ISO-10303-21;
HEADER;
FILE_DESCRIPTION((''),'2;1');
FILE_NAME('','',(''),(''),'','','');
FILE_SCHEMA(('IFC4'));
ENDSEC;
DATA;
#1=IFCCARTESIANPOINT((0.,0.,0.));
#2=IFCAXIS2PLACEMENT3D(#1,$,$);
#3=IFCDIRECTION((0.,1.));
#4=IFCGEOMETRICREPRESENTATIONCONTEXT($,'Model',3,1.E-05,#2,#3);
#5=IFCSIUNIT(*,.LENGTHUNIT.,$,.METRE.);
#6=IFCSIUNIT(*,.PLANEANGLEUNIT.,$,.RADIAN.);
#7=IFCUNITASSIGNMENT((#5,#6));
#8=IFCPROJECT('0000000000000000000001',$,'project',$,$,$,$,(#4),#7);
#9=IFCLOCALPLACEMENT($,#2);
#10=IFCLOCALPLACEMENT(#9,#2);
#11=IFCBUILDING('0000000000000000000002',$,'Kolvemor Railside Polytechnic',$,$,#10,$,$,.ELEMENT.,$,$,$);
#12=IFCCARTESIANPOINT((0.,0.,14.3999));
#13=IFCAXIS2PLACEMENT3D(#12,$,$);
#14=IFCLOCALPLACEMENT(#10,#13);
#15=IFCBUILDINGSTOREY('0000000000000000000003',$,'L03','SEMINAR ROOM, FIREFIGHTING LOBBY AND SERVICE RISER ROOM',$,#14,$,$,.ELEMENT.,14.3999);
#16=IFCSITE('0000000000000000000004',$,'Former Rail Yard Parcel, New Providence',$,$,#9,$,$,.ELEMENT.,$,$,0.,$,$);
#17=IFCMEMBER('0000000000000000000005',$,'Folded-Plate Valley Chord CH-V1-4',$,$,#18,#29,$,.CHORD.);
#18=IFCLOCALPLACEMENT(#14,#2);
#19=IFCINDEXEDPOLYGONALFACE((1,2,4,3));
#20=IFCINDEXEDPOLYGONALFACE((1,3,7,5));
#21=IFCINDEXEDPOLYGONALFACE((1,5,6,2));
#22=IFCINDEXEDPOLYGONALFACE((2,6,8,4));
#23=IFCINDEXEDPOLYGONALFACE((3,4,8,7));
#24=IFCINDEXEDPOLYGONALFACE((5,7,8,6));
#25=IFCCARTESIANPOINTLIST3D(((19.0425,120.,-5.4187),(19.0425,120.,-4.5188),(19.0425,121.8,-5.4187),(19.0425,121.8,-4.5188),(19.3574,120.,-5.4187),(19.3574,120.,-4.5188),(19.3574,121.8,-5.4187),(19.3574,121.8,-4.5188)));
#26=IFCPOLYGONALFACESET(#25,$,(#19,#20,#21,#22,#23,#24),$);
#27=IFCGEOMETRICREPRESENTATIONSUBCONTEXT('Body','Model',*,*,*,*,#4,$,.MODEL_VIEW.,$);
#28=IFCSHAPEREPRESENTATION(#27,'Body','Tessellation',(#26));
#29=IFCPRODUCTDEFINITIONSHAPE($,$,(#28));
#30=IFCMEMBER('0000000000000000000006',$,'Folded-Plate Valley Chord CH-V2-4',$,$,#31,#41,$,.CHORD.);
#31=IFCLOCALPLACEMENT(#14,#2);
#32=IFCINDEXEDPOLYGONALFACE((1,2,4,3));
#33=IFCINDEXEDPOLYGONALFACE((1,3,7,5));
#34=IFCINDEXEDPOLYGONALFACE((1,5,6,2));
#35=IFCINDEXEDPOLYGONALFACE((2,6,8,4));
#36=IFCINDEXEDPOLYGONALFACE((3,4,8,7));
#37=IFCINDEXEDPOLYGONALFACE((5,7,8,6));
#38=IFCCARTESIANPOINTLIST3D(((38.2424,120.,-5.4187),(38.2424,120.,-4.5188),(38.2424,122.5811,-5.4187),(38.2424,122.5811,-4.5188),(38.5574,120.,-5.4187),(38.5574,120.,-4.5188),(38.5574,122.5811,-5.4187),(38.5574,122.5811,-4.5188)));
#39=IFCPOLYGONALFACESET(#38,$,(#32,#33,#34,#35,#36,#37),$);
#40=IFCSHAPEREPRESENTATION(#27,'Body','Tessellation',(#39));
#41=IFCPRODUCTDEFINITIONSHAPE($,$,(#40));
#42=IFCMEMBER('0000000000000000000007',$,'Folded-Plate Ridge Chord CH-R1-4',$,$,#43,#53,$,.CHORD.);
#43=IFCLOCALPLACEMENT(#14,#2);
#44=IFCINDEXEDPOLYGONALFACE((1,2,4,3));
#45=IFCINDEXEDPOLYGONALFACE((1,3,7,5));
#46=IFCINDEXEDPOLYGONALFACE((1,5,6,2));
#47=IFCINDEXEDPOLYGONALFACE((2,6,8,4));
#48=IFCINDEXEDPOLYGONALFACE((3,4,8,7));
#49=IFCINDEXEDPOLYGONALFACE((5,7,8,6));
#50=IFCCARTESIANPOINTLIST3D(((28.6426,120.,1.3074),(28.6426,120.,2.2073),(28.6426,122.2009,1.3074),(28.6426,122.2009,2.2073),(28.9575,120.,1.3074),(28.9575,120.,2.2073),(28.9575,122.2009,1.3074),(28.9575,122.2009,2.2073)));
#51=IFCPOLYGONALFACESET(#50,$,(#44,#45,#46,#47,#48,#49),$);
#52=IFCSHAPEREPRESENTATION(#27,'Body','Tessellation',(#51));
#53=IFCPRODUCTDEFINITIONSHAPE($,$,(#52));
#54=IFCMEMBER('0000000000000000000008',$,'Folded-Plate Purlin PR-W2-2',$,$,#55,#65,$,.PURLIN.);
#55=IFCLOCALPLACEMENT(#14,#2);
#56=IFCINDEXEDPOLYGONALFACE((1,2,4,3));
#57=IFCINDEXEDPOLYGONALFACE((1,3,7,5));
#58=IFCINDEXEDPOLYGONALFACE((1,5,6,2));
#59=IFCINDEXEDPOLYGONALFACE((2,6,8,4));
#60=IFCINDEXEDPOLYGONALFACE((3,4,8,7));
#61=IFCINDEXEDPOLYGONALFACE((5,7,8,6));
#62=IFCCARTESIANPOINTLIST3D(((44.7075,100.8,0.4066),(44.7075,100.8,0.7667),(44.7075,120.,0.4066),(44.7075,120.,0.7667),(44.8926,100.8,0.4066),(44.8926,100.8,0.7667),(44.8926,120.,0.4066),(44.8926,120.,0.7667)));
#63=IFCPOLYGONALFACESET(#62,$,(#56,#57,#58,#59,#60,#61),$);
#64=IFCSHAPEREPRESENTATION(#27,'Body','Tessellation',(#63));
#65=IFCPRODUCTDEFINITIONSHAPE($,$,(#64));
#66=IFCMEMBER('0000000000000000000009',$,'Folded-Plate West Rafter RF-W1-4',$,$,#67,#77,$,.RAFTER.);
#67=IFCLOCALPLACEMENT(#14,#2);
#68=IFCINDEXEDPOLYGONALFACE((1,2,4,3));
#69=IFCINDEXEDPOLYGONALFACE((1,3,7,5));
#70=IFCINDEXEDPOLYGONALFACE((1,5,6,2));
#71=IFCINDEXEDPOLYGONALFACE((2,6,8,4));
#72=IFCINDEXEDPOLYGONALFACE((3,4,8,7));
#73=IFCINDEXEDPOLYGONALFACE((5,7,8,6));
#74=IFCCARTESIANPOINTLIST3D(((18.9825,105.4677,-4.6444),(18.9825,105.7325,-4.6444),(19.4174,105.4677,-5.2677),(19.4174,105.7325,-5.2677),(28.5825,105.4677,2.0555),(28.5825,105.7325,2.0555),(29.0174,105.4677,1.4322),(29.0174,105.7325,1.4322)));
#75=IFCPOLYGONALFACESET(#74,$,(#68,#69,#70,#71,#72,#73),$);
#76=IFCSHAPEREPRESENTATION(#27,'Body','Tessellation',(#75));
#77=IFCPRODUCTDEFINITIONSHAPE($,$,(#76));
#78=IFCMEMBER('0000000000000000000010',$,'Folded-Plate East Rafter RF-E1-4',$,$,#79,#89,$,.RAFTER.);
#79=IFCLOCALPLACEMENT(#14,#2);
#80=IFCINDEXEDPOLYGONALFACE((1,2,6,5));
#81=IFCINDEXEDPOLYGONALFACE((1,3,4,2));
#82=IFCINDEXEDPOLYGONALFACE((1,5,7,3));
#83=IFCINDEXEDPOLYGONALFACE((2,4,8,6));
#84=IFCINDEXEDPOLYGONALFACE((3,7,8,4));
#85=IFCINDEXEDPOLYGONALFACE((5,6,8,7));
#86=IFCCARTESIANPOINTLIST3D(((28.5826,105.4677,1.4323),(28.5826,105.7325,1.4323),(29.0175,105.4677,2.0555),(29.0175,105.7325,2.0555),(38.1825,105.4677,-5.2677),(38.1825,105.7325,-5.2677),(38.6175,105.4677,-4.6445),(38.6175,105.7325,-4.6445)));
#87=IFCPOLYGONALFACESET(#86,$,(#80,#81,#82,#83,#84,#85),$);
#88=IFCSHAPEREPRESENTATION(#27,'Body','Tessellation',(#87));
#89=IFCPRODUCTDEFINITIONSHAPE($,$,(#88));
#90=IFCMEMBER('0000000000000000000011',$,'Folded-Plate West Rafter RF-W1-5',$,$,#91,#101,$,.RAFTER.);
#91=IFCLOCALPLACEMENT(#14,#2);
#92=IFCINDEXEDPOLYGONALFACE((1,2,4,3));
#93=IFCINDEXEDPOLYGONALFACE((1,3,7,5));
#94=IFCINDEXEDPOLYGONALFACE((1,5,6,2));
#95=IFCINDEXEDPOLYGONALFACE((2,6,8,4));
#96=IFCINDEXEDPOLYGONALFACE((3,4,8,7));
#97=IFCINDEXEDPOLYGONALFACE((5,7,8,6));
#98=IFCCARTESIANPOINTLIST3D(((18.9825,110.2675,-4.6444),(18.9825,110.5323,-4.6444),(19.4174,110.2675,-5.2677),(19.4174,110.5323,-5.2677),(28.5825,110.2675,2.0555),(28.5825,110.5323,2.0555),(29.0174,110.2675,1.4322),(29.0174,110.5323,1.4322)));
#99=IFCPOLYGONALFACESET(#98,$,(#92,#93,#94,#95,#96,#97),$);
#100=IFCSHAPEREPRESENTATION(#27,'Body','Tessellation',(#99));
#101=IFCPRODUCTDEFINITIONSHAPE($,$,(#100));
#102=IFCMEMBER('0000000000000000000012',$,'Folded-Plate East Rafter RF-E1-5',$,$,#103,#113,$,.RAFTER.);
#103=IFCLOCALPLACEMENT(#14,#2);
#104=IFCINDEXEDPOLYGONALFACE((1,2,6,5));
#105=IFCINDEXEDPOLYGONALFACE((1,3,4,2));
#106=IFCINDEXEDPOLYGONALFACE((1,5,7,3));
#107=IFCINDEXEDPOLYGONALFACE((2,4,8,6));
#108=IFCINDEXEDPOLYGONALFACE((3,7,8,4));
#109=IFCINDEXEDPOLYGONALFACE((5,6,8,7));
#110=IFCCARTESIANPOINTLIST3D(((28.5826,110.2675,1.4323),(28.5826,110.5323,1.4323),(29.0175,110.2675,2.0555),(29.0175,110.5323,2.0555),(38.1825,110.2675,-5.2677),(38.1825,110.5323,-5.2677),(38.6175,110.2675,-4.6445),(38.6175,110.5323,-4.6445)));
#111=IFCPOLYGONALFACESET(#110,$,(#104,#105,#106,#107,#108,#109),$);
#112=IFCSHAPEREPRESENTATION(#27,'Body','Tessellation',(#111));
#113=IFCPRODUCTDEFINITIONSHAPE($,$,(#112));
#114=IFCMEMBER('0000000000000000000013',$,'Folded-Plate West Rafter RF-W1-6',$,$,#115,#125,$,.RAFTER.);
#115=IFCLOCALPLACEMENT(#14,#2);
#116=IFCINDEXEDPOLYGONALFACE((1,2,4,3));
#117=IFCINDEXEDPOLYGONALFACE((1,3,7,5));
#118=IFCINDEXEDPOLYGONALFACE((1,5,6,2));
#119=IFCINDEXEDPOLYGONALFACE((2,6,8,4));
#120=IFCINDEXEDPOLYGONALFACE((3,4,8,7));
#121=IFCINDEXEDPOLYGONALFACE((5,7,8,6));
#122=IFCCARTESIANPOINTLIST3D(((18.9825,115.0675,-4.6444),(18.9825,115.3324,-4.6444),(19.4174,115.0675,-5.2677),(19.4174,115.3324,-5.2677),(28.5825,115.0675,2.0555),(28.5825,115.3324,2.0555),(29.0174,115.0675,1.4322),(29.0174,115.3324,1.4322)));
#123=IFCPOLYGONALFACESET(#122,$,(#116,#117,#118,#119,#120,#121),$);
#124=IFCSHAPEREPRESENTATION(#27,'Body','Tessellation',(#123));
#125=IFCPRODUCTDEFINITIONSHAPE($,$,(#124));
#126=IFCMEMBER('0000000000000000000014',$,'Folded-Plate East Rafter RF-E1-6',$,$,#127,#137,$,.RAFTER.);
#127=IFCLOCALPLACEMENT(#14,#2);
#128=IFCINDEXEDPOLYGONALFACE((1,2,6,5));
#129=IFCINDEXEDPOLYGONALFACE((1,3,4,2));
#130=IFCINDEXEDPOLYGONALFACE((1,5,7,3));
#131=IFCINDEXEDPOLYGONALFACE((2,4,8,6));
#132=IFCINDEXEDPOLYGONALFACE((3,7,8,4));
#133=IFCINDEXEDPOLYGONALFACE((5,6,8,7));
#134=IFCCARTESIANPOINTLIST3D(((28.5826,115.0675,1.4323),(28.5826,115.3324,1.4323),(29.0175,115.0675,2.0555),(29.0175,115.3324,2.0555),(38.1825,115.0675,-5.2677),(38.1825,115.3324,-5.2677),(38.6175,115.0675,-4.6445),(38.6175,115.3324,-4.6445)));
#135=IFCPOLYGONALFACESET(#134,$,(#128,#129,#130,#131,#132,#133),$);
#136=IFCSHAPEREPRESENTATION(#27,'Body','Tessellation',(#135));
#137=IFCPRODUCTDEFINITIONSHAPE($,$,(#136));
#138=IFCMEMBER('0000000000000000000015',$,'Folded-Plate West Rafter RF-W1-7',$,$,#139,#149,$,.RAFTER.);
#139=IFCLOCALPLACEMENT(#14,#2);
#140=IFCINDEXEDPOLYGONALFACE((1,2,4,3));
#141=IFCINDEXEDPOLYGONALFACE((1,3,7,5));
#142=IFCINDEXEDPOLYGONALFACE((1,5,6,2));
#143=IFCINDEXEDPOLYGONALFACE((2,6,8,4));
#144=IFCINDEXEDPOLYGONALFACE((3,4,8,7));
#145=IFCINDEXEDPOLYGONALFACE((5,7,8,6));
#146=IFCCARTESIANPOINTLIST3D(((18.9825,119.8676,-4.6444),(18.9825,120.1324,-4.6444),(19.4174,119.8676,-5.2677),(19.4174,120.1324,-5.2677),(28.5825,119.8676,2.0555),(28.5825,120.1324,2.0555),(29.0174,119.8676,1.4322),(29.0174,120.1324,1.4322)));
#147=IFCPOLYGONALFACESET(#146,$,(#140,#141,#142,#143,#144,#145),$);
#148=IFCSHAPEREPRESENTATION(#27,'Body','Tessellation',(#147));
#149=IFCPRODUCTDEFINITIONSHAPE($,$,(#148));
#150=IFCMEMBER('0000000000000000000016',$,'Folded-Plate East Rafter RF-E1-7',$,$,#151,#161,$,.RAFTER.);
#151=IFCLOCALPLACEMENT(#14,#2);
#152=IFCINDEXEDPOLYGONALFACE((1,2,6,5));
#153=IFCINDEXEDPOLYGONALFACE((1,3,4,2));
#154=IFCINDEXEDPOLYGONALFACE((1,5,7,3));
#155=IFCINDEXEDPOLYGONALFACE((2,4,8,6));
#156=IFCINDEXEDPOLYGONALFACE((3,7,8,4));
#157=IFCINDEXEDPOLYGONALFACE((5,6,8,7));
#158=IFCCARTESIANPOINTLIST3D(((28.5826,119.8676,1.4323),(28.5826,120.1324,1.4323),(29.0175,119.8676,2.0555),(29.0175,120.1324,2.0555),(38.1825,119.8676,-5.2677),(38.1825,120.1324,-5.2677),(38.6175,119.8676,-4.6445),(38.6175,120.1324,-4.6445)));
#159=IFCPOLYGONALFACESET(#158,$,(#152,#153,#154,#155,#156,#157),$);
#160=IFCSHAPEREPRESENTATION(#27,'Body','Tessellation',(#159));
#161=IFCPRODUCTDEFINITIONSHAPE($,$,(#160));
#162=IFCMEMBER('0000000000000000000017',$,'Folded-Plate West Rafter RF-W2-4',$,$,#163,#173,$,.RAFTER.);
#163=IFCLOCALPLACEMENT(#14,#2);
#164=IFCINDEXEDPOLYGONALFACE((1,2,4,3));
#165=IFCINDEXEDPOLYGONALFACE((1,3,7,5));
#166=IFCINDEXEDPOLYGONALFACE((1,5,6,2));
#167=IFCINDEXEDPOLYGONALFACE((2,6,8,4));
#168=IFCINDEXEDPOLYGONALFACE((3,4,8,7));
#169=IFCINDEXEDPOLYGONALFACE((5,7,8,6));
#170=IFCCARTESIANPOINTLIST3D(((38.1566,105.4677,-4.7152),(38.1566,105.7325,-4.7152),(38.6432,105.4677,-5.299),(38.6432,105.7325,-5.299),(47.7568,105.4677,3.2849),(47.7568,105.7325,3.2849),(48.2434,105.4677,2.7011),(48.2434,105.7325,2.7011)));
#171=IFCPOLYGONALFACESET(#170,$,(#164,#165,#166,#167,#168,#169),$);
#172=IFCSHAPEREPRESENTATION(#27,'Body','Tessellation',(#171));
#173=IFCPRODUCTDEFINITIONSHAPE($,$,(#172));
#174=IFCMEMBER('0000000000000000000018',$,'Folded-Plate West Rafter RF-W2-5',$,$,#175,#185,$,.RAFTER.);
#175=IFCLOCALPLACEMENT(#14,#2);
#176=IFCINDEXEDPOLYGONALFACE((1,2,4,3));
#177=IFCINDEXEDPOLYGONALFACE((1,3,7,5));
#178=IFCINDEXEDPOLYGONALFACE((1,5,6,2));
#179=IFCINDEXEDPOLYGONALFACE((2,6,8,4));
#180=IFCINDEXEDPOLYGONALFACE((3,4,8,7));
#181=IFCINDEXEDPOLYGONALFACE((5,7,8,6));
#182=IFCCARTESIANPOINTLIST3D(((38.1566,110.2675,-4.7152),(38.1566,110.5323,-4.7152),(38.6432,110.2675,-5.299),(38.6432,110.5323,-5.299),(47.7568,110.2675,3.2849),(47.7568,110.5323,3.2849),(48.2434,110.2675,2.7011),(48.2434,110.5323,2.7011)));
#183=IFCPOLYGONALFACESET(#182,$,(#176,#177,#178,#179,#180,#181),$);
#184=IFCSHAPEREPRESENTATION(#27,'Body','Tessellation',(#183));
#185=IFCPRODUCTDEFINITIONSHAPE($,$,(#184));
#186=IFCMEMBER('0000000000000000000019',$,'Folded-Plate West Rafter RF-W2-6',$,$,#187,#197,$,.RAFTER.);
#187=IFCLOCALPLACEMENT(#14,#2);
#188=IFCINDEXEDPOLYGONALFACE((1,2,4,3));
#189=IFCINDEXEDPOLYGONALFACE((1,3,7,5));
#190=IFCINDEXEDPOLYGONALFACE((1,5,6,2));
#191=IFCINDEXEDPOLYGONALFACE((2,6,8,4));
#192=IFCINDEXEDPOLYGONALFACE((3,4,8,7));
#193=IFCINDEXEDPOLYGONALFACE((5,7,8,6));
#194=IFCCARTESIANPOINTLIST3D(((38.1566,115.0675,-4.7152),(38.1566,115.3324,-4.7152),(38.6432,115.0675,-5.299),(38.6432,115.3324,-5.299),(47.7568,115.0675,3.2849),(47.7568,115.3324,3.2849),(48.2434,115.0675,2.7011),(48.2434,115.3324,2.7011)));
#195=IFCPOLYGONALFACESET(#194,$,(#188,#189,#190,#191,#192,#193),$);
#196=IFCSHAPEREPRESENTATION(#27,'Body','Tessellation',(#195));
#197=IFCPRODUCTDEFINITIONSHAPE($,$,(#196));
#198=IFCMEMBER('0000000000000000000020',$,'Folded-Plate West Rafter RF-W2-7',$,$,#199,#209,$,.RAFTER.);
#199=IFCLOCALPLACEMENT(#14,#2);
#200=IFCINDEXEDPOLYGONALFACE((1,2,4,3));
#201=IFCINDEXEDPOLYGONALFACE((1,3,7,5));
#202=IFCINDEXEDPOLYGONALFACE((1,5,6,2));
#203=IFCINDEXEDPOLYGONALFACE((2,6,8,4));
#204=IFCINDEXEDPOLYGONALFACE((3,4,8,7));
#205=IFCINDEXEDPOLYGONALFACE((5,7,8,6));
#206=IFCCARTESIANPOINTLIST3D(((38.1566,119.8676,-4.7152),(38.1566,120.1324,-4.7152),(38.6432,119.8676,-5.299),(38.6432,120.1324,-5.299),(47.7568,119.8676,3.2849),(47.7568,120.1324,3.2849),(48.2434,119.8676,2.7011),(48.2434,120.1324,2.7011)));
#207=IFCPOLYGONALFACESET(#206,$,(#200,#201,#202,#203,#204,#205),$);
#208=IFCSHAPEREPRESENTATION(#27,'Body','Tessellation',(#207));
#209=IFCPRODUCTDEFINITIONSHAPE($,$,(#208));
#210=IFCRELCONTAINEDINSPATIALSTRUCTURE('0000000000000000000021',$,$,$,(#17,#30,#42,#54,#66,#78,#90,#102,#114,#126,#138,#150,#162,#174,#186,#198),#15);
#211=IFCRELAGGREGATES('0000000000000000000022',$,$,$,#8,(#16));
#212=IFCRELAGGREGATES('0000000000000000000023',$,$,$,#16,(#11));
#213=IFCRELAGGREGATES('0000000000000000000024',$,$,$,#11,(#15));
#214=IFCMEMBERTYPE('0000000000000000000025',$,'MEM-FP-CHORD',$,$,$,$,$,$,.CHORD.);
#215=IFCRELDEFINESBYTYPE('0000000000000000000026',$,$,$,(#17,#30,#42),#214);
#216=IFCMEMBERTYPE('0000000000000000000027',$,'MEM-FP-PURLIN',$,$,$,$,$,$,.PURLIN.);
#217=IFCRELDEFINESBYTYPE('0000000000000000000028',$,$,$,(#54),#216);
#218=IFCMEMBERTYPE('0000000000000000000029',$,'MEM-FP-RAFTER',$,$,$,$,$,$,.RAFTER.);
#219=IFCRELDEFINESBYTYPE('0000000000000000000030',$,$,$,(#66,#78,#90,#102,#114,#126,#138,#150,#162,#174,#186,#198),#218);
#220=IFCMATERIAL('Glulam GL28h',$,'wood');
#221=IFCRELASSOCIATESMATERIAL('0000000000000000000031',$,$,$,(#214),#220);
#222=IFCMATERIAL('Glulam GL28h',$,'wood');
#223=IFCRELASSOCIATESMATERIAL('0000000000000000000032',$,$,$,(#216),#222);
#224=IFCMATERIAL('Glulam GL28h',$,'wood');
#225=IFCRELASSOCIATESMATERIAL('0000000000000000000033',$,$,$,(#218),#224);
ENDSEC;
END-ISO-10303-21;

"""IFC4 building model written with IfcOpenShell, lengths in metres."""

from ifc_helpers import new_model, si_unit, direction, frame, origin, origin_2d, place, context, subcontext, project, spatial, rectangle, extrude, material, material_profile, profile_set, type_object, element, save


model = new_model("IFC4")

# Units and contexts
model_context = context("Model", 3, precision=1e-05, world=origin(), true_north=direction((0.0, 1.0)))
body_context = subcontext(model_context, "Body", "Model", "MODEL_VIEW")
ifc_project = project(units=[si_unit("LENGTHUNIT", "METRE"), si_unit("PLANEANGLEUNIT", "RADIAN")], contexts=[model_context])

# Site, building, storey
site_placement = place(None, origin())
site = spatial("IfcSite", under=ifc_project, at=site_placement, Name="Former Rail Yard Parcel, New Providence", CompositionType="ELEMENT", RefElevation=0.0)
building_placement = place(site_placement, origin())
building = spatial("IfcBuilding", under=site, at=building_placement, Name="Kolvemor Railside Polytechnic", CompositionType="ELEMENT")
storey_placement = place(building_placement, frame((0.0, 0.0, 14.3999)))
storey = spatial("IfcBuildingStorey", under=building, at=storey_placement, Name="L03", Description="SEMINAR ROOM, FIREFIGHTING LOBBY AND SERVICE RISER ROOM", CompositionType="ELEMENT", Elevation=14.3999)

# Members
ifc_material_1 = material(Name="Glulam GL28h", Category="wood")
ifc_material_profile_1 = material_profile(ifc_material_1, rectangle(XDim=0.3149, YDim=0.8999, at=origin_2d()), Name="GL315x900")
ifc_profile_set_1 = profile_set([ifc_material_profile_1], Name="Glulam GL28h")
member_type_1 = type_object("IfcMemberType", Name="MEM-FP-CHORD", PredefinedType="CHORD", material=ifc_profile_set_1)
member_1_placement = place(storey_placement, frame((19.2, 120.0, -4.9688), z_axis=(0.0, 1.0, 0.0), x_axis=(-1.0, 0.0, 0.0)))
element("IfcMember", 1, at=member_1_placement, inside=storey, type_object=member_type_1, Name="Folded-Plate Valley Chord CH-V1-4", PredefinedType="CHORD", context=body_context, shape_type="SweptSolid", body=[
    extrude(rectangle(XDim=0.3149, YDim=0.8999, at=origin_2d()), origin(), (0.0, 0.0, 1.0), 1.8),
])
member_2_placement = place(storey_placement, frame((38.3999, 120.0, -4.9688), z_axis=(0.0, 1.0, 0.0), x_axis=(-1.0, 0.0, 0.0)))
element("IfcMember", 2, at=member_2_placement, inside=storey, type_object=member_type_1, Name="Folded-Plate Valley Chord CH-V2-4", PredefinedType="CHORD", context=body_context, shape_type="SweptSolid", body=[
    extrude(rectangle(XDim=0.3149, YDim=0.8999, at=origin_2d()), origin(), (0.0, 0.0, 1.0), 2.5811),
])
member_3_placement = place(storey_placement, frame((28.8, 120.0, 1.7573), z_axis=(0.0, 1.0, 0.0), x_axis=(-1.0, 0.0, 0.0)))
element("IfcMember", 3, at=member_3_placement, inside=storey, type_object=member_type_1, Name="Folded-Plate Ridge Chord CH-R1-4", PredefinedType="CHORD", context=body_context, shape_type="SweptSolid", body=[
    extrude(rectangle(XDim=0.3149, YDim=0.8999, at=origin_2d()), origin(), (0.0, 0.0, 1.0), 2.2009),
])
ifc_material_2 = material(Name="Glulam GL28h", Category="wood")
ifc_material_profile_2 = material_profile(ifc_material_2, rectangle(XDim=0.1851, YDim=0.3601, at=origin_2d()), Name="GL185x360")
ifc_profile_set_2 = profile_set([ifc_material_profile_2], Name="Glulam GL28h")
member_type_2 = type_object("IfcMemberType", Name="MEM-FP-PURLIN", PredefinedType="PURLIN", material=ifc_profile_set_2)
member_4_placement = place(storey_placement, frame((44.8, 100.8, 0.5867), z_axis=(0.0, 1.0, 0.0), x_axis=(-1.0, 0.0, 0.0)))
element("IfcMember", 4, at=member_4_placement, inside=storey, type_object=member_type_2, Name="Folded-Plate Purlin PR-W2-2", PredefinedType="PURLIN", context=body_context, shape_type="SweptSolid", body=[
    extrude(rectangle(XDim=0.1851, YDim=0.3601, at=origin_2d()), origin(), (0.0, 0.0, 1.0), 19.2),
])
ifc_material_3 = material(Name="Glulam GL28h", Category="wood")
ifc_material_profile_3 = material_profile(ifc_material_3, rectangle(XDim=0.2649, YDim=0.76, at=origin_2d()), Name="GL265x760")
ifc_profile_set_3 = profile_set([ifc_material_profile_3], Name="Glulam GL28h")
member_type_3 = type_object("IfcMemberType", Name="MEM-FP-RAFTER", PredefinedType="RAFTER", material=ifc_profile_set_3)
for number, where, z_axis, x_axis, name in (
    (5, (19.2, 105.6001, -4.9561), (0.820038, 0.0, 0.572308), (0.0, 1.0, 0.0), "Folded-Plate West Rafter RF-W1-4"),
    (6, (28.8, 105.6001, 1.7439), (0.820032, 0.0, -0.572318), (0.0, 1.0, 0.0), "Folded-Plate East Rafter RF-E1-4"),
    (7, (19.2, 110.3999, -4.9561), (0.820038, 0.0, 0.572308), (0.0, 1.0, 0.0), "Folded-Plate West Rafter RF-W1-5"),
    (8, (28.8, 110.3999, 1.7439), (0.820032, 0.0, -0.572318), (0.0, 1.0, 0.0), "Folded-Plate East Rafter RF-E1-5"),
    (9, (19.2, 115.2, -4.9561), (0.820038, 0.0, 0.572308), (0.0, 1.0, 0.0), "Folded-Plate West Rafter RF-W1-6"),
    (10, (28.8, 115.2, 1.7439), (0.820032, 0.0, -0.572318), (0.0, 1.0, 0.0), "Folded-Plate East Rafter RF-E1-6"),
    (11, (19.2, 120.0, -4.9561), (0.820038, 0.0, 0.572308), (0.0, 1.0, 0.0), "Folded-Plate West Rafter RF-W1-7"),
    (12, (28.8, 120.0, 1.7439), (0.820032, 0.0, -0.572318), (0.0, 1.0, 0.0), "Folded-Plate East Rafter RF-E1-7"),
):
    element("IfcMember", number, at=place(storey_placement, frame(where, z_axis=z_axis, x_axis=x_axis)), inside=storey, type_object=member_type_3, Name=name, PredefinedType="RAFTER", context=body_context, shape_type="SweptSolid", body=[
        extrude(rectangle(XDim=0.2649, YDim=0.76, at=origin_2d()), origin(), (0.0, 0.0, 1.0), 11.7068),
    ])
for number, where, z_axis, x_axis, name in (
    (13, (38.3999, 105.6001, -5.0071), (0.768224, 0.0, 0.640181), (0.0, 1.0, 0.0), "Folded-Plate West Rafter RF-W2-4"),
    (14, (38.3999, 110.3999, -5.0071), (0.768224, 0.0, 0.640181), (0.0, 1.0, 0.0), "Folded-Plate West Rafter RF-W2-5"),
    (15, (38.3999, 115.2, -5.0071), (0.768224, 0.0, 0.640181), (0.0, 1.0, 0.0), "Folded-Plate West Rafter RF-W2-6"),
    (16, (38.3999, 120.0, -5.0071), (0.768224, 0.0, 0.640181), (0.0, 1.0, 0.0), "Folded-Plate West Rafter RF-W2-7"),
):
    element("IfcMember", number, at=place(storey_placement, frame(where, z_axis=z_axis, x_axis=x_axis)), inside=storey, type_object=member_type_3, Name=name, PredefinedType="RAFTER", context=body_context, shape_type="SweptSolid", body=[
        extrude(rectangle(XDim=0.2649, YDim=0.76, at=origin_2d()), origin(), (0.0, 0.0, 1.0), 12.4966),
    ])

save(model, "model.ifc")
